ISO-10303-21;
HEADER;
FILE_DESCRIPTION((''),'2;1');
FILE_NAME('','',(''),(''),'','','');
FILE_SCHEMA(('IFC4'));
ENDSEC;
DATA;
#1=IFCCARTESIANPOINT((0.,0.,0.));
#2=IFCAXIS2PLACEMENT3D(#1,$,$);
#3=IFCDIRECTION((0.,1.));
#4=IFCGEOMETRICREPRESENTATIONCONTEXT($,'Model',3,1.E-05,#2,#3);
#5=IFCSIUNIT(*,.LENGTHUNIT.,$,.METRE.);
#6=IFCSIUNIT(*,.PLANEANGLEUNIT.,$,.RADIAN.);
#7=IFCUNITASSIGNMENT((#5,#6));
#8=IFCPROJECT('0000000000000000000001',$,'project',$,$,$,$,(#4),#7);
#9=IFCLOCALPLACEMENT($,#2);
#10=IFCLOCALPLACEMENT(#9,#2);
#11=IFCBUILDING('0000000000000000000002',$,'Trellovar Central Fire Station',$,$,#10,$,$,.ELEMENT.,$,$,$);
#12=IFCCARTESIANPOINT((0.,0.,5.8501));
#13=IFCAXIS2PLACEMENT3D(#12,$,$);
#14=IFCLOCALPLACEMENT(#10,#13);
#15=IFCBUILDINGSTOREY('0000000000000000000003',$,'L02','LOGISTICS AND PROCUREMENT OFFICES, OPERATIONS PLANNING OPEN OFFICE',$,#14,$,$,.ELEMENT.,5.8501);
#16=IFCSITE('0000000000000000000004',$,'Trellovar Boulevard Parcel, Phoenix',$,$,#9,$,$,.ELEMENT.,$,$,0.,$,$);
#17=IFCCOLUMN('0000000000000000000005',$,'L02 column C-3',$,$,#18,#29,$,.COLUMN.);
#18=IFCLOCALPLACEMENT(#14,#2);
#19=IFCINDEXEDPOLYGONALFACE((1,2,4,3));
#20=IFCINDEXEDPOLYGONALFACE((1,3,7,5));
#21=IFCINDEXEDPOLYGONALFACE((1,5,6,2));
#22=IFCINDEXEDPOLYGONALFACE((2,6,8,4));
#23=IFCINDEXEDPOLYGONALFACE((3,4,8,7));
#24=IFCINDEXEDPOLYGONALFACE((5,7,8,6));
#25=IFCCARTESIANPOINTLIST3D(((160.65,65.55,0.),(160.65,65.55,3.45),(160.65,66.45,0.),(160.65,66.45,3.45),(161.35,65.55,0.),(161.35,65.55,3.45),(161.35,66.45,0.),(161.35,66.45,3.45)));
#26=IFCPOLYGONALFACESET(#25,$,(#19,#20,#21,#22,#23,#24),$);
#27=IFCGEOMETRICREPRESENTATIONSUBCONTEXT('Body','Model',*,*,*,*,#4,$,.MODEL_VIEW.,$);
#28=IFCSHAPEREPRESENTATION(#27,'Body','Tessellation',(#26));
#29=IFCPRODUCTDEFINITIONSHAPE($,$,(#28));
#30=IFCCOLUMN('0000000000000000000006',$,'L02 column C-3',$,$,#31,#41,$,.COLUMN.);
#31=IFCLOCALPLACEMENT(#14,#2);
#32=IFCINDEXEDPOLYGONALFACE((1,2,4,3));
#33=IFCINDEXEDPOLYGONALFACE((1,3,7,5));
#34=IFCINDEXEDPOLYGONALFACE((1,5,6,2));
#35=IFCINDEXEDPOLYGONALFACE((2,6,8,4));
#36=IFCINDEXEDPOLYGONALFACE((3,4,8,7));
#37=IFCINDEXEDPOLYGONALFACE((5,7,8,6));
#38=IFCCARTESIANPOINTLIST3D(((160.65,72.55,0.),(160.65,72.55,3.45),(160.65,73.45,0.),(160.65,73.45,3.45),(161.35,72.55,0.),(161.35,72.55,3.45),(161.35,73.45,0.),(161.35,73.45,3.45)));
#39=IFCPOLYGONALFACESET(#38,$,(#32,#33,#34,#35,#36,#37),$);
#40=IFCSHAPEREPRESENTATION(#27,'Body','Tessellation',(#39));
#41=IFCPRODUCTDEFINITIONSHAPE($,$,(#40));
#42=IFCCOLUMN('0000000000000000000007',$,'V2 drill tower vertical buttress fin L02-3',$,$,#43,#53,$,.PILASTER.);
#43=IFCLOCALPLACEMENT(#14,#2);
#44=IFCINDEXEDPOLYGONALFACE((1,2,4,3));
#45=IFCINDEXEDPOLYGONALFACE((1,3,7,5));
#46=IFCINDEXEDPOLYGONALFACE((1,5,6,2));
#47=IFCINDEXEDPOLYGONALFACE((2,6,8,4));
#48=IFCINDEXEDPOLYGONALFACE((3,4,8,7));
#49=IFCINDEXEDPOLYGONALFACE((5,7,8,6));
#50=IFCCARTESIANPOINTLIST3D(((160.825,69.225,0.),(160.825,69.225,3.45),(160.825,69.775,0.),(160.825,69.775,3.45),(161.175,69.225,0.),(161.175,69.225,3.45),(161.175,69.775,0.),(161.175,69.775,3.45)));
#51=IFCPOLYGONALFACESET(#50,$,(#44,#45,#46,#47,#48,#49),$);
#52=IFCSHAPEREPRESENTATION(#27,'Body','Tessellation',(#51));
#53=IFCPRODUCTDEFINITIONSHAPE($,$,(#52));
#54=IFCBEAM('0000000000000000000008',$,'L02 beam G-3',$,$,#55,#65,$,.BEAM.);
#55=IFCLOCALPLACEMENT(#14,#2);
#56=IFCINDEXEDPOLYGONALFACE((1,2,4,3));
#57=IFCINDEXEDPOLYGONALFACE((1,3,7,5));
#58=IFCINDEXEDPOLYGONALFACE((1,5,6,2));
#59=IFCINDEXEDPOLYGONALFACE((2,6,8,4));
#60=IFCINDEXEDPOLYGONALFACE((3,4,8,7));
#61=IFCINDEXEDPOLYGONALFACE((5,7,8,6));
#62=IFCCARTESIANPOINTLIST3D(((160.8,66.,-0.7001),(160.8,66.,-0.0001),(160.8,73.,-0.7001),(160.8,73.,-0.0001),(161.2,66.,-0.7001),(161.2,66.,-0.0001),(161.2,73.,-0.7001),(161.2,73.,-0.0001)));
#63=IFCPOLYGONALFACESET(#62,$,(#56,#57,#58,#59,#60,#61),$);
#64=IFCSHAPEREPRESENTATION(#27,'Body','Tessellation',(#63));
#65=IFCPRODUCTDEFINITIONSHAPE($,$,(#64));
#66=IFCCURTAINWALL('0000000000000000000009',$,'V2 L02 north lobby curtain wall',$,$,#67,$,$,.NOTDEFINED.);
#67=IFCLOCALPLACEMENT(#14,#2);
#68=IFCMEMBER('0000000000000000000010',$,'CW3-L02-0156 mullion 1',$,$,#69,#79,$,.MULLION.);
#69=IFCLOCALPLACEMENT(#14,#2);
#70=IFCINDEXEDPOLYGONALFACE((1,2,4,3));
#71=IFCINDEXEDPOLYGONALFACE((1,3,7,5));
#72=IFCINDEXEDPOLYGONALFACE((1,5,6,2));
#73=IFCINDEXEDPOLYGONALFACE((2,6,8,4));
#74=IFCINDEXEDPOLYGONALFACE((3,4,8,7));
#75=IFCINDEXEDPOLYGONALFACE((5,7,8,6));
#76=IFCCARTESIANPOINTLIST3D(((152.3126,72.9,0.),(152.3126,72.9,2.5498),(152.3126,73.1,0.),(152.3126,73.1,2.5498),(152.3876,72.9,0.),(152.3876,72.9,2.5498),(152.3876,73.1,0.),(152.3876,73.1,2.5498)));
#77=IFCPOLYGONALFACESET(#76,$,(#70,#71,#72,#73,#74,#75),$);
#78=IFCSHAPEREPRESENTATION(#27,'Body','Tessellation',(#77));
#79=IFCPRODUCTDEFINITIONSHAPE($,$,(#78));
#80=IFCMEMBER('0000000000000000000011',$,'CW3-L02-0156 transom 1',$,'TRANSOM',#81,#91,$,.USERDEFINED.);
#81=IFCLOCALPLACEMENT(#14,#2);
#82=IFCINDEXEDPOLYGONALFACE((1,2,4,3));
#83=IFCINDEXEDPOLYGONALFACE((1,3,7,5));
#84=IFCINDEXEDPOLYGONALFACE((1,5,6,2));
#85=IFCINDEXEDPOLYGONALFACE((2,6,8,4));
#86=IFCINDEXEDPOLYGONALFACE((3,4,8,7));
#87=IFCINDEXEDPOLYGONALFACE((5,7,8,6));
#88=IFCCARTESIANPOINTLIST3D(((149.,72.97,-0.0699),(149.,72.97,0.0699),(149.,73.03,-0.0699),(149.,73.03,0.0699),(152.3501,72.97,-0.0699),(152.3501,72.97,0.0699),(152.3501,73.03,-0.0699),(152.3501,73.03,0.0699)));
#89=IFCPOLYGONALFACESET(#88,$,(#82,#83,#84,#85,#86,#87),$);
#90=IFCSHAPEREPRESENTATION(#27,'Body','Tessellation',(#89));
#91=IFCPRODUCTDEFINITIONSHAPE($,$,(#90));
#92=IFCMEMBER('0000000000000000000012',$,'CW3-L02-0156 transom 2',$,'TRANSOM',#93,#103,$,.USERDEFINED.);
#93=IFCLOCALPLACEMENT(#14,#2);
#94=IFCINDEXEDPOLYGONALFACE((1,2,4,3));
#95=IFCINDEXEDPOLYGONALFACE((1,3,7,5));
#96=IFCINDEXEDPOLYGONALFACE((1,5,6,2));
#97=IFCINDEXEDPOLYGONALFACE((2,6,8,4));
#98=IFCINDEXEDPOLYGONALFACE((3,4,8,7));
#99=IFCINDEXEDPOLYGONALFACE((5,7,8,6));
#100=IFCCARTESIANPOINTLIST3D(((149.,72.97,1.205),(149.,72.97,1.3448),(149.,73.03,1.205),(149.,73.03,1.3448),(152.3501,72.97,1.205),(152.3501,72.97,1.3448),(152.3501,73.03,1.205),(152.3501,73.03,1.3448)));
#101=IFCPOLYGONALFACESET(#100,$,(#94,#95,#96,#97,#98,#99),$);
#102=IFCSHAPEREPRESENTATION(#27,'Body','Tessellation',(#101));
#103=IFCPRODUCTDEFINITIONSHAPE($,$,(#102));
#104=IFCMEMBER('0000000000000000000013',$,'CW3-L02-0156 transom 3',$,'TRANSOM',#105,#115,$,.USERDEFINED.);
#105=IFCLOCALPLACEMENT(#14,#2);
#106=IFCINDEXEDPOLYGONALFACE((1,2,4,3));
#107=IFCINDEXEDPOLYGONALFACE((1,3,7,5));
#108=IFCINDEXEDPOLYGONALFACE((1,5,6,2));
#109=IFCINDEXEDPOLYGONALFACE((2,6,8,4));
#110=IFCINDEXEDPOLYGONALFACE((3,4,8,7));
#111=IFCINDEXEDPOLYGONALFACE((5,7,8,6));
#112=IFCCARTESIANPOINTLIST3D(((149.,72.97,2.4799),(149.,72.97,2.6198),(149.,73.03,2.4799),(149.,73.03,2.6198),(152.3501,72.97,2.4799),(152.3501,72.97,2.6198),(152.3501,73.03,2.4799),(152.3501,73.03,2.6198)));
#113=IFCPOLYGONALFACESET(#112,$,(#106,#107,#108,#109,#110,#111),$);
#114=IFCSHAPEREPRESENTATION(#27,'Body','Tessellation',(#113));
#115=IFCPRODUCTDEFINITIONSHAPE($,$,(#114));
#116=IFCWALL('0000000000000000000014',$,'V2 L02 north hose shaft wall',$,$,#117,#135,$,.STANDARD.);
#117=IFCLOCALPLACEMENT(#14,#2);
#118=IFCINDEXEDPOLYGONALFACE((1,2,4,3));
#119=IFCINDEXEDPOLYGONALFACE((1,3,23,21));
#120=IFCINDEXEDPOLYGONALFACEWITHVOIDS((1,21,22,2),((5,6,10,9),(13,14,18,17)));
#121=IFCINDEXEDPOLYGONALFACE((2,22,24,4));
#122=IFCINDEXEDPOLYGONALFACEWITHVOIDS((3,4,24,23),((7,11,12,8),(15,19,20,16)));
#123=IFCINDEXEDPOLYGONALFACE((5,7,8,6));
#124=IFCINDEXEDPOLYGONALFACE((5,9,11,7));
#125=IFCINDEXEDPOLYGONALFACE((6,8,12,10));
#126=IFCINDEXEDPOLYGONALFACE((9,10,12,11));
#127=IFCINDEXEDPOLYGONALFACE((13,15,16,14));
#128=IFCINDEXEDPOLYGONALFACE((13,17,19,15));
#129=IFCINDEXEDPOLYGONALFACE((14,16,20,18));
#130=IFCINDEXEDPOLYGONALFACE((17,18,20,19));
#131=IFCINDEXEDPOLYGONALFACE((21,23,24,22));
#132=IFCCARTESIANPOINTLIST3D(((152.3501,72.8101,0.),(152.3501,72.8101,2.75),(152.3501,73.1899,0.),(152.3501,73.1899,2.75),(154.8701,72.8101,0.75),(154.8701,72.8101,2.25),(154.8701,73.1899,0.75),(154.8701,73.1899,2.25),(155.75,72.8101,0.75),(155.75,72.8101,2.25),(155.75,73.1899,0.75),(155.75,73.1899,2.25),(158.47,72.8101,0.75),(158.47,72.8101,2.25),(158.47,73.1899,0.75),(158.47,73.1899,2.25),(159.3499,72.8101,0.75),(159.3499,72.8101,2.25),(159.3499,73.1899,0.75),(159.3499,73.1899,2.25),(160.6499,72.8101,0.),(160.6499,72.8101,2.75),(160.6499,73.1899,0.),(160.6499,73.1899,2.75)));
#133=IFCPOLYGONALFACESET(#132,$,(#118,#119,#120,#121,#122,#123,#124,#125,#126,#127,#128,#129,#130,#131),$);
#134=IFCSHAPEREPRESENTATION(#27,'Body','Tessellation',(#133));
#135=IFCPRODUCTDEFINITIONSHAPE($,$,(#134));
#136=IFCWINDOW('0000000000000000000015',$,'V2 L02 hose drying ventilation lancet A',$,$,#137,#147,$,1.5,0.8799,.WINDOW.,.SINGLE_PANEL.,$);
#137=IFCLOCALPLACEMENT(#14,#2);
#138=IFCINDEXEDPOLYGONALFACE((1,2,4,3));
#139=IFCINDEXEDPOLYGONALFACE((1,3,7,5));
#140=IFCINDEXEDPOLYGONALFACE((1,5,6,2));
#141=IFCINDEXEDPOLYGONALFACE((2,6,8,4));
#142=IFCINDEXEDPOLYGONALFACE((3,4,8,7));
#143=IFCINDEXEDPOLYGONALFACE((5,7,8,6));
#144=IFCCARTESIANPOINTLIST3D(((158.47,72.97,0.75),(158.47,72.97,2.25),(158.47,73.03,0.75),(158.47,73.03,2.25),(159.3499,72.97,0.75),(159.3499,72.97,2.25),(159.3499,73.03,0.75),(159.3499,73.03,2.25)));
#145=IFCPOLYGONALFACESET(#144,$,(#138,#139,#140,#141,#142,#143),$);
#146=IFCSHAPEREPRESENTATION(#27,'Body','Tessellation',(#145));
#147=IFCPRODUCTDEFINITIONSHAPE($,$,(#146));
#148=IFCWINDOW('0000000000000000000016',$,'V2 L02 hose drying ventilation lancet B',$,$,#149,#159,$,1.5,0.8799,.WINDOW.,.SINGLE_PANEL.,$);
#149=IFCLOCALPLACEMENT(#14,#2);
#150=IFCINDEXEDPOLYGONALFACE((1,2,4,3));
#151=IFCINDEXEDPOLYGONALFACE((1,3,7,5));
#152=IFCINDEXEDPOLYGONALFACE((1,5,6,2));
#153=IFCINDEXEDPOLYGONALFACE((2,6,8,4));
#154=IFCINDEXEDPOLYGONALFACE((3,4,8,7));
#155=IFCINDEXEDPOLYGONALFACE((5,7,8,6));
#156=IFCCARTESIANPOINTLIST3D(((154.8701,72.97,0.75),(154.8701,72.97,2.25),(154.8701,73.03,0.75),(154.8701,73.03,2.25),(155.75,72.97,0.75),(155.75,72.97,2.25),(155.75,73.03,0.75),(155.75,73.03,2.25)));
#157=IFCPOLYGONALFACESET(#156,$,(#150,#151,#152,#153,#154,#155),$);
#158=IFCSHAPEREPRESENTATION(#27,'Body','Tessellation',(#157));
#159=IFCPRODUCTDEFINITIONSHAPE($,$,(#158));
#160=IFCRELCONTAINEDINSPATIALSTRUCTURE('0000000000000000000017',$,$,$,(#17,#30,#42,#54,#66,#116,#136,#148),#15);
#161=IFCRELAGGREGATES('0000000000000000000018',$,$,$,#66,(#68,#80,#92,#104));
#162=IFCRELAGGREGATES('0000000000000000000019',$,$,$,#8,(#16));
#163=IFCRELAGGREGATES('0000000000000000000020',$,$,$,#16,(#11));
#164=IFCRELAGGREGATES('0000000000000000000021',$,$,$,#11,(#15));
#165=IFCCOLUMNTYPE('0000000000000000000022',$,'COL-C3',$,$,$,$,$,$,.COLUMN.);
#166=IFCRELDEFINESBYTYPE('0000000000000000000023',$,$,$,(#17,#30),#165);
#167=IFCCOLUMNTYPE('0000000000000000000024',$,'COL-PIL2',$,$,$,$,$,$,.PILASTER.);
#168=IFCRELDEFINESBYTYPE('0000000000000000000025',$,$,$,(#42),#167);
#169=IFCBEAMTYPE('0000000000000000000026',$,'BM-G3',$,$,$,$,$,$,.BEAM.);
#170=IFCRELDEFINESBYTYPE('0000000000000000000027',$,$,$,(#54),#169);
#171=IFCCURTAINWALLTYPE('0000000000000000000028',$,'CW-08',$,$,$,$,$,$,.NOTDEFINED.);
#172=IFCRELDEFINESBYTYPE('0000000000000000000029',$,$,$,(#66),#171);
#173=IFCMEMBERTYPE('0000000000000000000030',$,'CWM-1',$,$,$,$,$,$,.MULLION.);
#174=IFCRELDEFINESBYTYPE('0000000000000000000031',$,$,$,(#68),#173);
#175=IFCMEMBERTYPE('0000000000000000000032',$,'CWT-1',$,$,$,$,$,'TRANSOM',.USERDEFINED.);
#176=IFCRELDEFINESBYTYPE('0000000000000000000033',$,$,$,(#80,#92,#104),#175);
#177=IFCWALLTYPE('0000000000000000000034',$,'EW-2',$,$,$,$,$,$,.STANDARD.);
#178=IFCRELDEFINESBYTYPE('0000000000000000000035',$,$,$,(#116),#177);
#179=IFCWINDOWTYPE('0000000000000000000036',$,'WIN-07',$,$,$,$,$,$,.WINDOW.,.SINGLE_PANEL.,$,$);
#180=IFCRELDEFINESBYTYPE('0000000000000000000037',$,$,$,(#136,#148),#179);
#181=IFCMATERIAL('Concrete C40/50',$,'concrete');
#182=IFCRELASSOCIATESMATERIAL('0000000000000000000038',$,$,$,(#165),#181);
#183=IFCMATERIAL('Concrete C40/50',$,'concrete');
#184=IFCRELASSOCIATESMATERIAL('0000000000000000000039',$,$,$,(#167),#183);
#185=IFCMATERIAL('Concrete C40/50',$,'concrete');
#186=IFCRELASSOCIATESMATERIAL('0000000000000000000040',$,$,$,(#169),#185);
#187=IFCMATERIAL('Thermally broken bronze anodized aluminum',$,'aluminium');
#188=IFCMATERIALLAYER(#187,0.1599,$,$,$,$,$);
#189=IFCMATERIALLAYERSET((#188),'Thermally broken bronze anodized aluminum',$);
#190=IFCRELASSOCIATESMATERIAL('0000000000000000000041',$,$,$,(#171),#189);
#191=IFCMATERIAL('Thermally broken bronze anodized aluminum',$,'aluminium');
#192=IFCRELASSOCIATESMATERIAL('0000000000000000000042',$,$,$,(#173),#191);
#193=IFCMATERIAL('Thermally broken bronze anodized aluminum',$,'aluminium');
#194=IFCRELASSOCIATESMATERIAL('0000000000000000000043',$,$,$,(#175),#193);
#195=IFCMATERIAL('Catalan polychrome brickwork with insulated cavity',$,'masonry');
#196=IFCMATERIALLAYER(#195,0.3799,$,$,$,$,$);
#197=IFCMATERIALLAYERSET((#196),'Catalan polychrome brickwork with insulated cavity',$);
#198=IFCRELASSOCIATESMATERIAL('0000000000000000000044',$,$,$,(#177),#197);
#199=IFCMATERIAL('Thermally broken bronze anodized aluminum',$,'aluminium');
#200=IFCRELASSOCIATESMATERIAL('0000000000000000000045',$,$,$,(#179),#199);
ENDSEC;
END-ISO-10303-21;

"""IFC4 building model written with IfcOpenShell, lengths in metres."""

from ifc_helpers import new_model, si_unit, direction, frame, frame_2d, origin, origin_2d, place, context, subcontext, project, spatial, rectangle, extrude, material, layer, layer_set, material_profile, profile_set, type_object, element, fill, aggregate, save


model = new_model("IFC4")

# Units and contexts
model_context = context("Model", 3, precision=1e-05, world=origin(), true_north=direction((0.0, 1.0)))
body_context = subcontext(model_context, "Body", "Model", "MODEL_VIEW")
ifc_project = project(units=[si_unit("LENGTHUNIT", "METRE"), si_unit("PLANEANGLEUNIT", "RADIAN")], contexts=[model_context])

# Site, building, storey
site_placement = place(None, origin())
site = spatial("IfcSite", under=ifc_project, at=site_placement, Name="Trellovar Boulevard Parcel, Phoenix", CompositionType="ELEMENT", RefElevation=0.0)
building_placement = place(site_placement, origin())
building = spatial("IfcBuilding", under=site, at=building_placement, Name="Trellovar Central Fire Station", CompositionType="ELEMENT")
storey_placement = place(building_placement, frame((0.0, 0.0, 5.8501)))
storey = spatial("IfcBuildingStorey", under=building, at=storey_placement, Name="L02", Description="LOGISTICS AND PROCUREMENT OFFICES, OPERATIONS PLANNING OPEN OFFICE", CompositionType="ELEMENT", Elevation=5.8501)

# Columns
ifc_material_1 = material(Name="Concrete C40/50", Category="concrete")
ifc_material_profile_1 = material_profile(ifc_material_1, rectangle(XDim=0.7, YDim=0.8999, at=origin_2d()), Name="RC700X900")
ifc_profile_set_1 = profile_set([ifc_material_profile_1], Name="Concrete C40/50")
column_type_1 = type_object("IfcColumnType", Name="COL-C3", PredefinedType="COLUMN", material=ifc_profile_set_1)
for number, where, z_axis, x_axis, name in (
    (1, (161.0, 66.0, 0.0), (0.0, 0.0, 1.0), (1.0, 0.0, 0.0), "L02 column C-3"),
    (2, (161.0, 73.0, 0.0), (0.0, 0.0, 1.0), (1.0, 0.0, 0.0), "L02 column C-3"),
):
    element("IfcColumn", number, at=place(storey_placement, frame(where, z_axis=z_axis, x_axis=x_axis)), inside=storey, type_object=column_type_1, Name=name, PredefinedType="COLUMN", context=body_context, shape_type="SweptSolid", body=[
        extrude(rectangle(XDim=0.7, YDim=0.8999, at=origin_2d()), origin(), (0.0, 0.0, 1.0), 3.45),
    ])
ifc_material_2 = material(Name="Concrete C40/50", Category="concrete")
ifc_material_profile_2 = material_profile(ifc_material_2, rectangle(XDim=0.3501, YDim=0.55, at=origin_2d()), Name="RC350X550")
ifc_profile_set_2 = profile_set([ifc_material_profile_2], Name="Concrete C40/50")
column_type_2 = type_object("IfcColumnType", Name="COL-PIL2", PredefinedType="PILASTER", material=ifc_profile_set_2)
column_placement = place(storey_placement, frame((161.0, 69.5, 0.0), z_axis=(0.0, 0.0, 1.0), x_axis=(1.0, 0.0, 0.0)))
element("IfcColumn", 3, at=column_placement, inside=storey, type_object=column_type_2, Name="V2 drill tower vertical buttress fin L02-3", PredefinedType="PILASTER", context=body_context, shape_type="SweptSolid", body=[
    extrude(rectangle(XDim=0.3501, YDim=0.55, at=origin_2d()), origin(), (0.0, 0.0, 1.0), 3.45),
])

# Beam
ifc_material_3 = material(Name="Concrete C40/50", Category="concrete")
ifc_material_profile_3 = material_profile(ifc_material_3, rectangle(XDim=0.3999, YDim=0.7, at=origin_2d()), Name="RC400X700")
ifc_profile_set_3 = profile_set([ifc_material_profile_3], Name="Concrete C40/50")
beam_type = type_object("IfcBeamType", Name="BM-G3", PredefinedType="BEAM", material=ifc_profile_set_3)
beam_placement = place(storey_placement, frame((161.0, 66.0, -0.3501), z_axis=(0.0, 1.0, 0.0), x_axis=(-1.0, 0.0, 0.0)))
element("IfcBeam", 4, at=beam_placement, inside=storey, type_object=beam_type, Name="L02 beam G-3", PredefinedType="BEAM", context=body_context, shape_type="SweptSolid", body=[
    extrude(rectangle(XDim=0.3999, YDim=0.7, at=origin_2d()), origin(), (0.0, 0.0, 1.0), 7.0),
])

# Curtain wall, members
ifc_material_4 = material(Name="Thermally broken bronze anodized aluminum", Category="aluminium")
ifc_layer_1 = layer(ifc_material_4, 0.1599)
ifc_layer_set_1 = layer_set([ifc_layer_1], Name="Thermally broken bronze anodized aluminum")
curtain_wall_type = type_object("IfcCurtainWallType", Name="CW-08", PredefinedType="NOTDEFINED", material=ifc_layer_set_1)
curtain_wall_placement = place(storey_placement, origin())
curtain_wall = element("IfcCurtainWall", 5, at=curtain_wall_placement, inside=storey, type_object=curtain_wall_type, Name="V2 L02 north lobby curtain wall", PredefinedType="NOTDEFINED")
ifc_material_5 = material(Name="Thermally broken bronze anodized aluminum", Category="aluminium")
ifc_material_profile_4 = material_profile(ifc_material_5, rectangle(XDim=0.075, YDim=0.2, at=origin_2d()), Name="ALU75X200")
ifc_profile_set_4 = profile_set([ifc_material_profile_4], Name="Thermally broken bronze anodized aluminum")
member_type_1 = type_object("IfcMemberType", Name="CWM-1", PredefinedType="MULLION", material=ifc_profile_set_4)
member_1_placement = place(storey_placement, frame((152.3501, 73.0, 0.0), z_axis=(0.0, 0.0, 1.0), x_axis=(1.0, 0.0, 0.0)))
member_1 = element("IfcMember", 6, at=member_1_placement, type_object=member_type_1, Name="CW3-L02-0156 mullion 1", PredefinedType="MULLION", context=body_context, shape_type="SweptSolid", body=[
    extrude(rectangle(XDim=0.075, YDim=0.2, at=origin_2d()), origin(), (0.0, 0.0, 1.0), 2.5498),
])
ifc_material_6 = material(Name="Thermally broken bronze anodized aluminum", Category="aluminium")
ifc_material_profile_5 = material_profile(ifc_material_6, rectangle(XDim=0.0601, YDim=0.1399, at=origin_2d()), Name="ALU60X140")
ifc_profile_set_5 = profile_set([ifc_material_profile_5], Name="Thermally broken bronze anodized aluminum")
member_type_2 = type_object("IfcMemberType", Name="CWT-1", ElementType="TRANSOM", PredefinedType="USERDEFINED", material=ifc_profile_set_5)
member_2_placement = place(storey_placement, frame((152.3501, 73.0, 0.0), z_axis=(-1.0, 0.0, 0.0), x_axis=(0.0, -1.0, 0.0)))
member_2 = element("IfcMember", 7, at=member_2_placement, type_object=member_type_2, Name="CW3-L02-0156 transom 1", ObjectType="TRANSOM", PredefinedType="USERDEFINED", context=body_context, shape_type="SweptSolid", body=[
    extrude(rectangle(XDim=0.0601, YDim=0.1399, at=origin_2d()), origin(), (0.0, 0.0, 1.0), 3.3501),
])
member_3_placement = place(storey_placement, frame((152.3501, 73.0, 1.2749), z_axis=(-1.0, 0.0, 0.0), x_axis=(0.0, -1.0, 0.0)))
member_3 = element("IfcMember", 8, at=member_3_placement, type_object=member_type_2, Name="CW3-L02-0156 transom 2", ObjectType="TRANSOM", PredefinedType="USERDEFINED", context=body_context, shape_type="SweptSolid", body=[
    extrude(rectangle(XDim=0.0601, YDim=0.1399, at=origin_2d()), origin(), (0.0, 0.0, 1.0), 3.3501),
])
member_4_placement = place(storey_placement, frame((152.3501, 73.0, 2.5498), z_axis=(-1.0, 0.0, 0.0), x_axis=(0.0, -1.0, 0.0)))
member_4 = element("IfcMember", 9, at=member_4_placement, type_object=member_type_2, Name="CW3-L02-0156 transom 3", ObjectType="TRANSOM", PredefinedType="USERDEFINED", context=body_context, shape_type="SweptSolid", body=[
    extrude(rectangle(XDim=0.0601, YDim=0.1399, at=origin_2d()), origin(), (0.0, 0.0, 1.0), 3.3501),
])
aggregate(curtain_wall, [member_1, member_2, member_3, member_4])

# Wall, openings, windows
ifc_material_7 = material(Name="Catalan polychrome brickwork with insulated cavity", Category="masonry")
ifc_layer_2 = layer(ifc_material_7, 0.3799)
ifc_layer_set_2 = layer_set([ifc_layer_2], Name="Catalan polychrome brickwork with insulated cavity")
wall_type_1 = type_object("IfcWallType", Name="EW-2", PredefinedType="STANDARD", material=ifc_layer_set_2)
wall_1_placement = place(storey_placement, frame((160.6499, 73.0, 0.0), z_axis=(0.0, 0.0, 1.0), x_axis=(-1.0, 0.0, 0.0)))
wall_1 = element("IfcWall", 10, at=wall_1_placement, inside=storey, type_object=wall_type_1, Name="V2 L02 north hose shaft wall", PredefinedType="STANDARD", context=body_context, shape_type="SweptSolid", body=[
    extrude(rectangle(XDim=8.2998, YDim=0.3799, at=frame_2d((4.1499, 0.0))), origin(), (0.0, 0.0, 1.0), 2.75),
])
opening_1_placement = place(wall_1_placement, frame((1.3, 0.0, 0.75)))
opening_1 = element("IfcOpeningElement", 11, at=opening_1_placement, cuts=wall_1, PredefinedType="OPENING", context=body_context, shape_type="SweptSolid", body=[
    extrude(rectangle(XDim=0.8799, YDim=1.5, at=frame_2d((0.4399, 0.75))), frame((0.0, 0.2, 0.0), z_axis=(0.0, -1.0, 0.0), x_axis=(1.0, 0.0, 0.0)), (0.0, 0.0, 1.0), 0.3999),
])
opening_2_placement = place(wall_1_placement, frame((4.8999, 0.0, 0.75)))
opening_2 = element("IfcOpeningElement", 12, at=opening_2_placement, cuts=wall_1, PredefinedType="OPENING", context=body_context, shape_type="SweptSolid", body=[
    extrude(rectangle(XDim=0.8799, YDim=1.5, at=frame_2d((0.4399, 0.75))), frame((0.0, 0.2, 0.0), z_axis=(0.0, -1.0, 0.0), x_axis=(1.0, 0.0, 0.0)), (0.0, 0.0, 1.0), 0.3999),
])
ifc_material_8 = material(Name="Thermally broken bronze anodized aluminum", Category="aluminium")
window_type = type_object("IfcWindowType", Name="WIN-07", PartitioningType="SINGLE_PANEL", PredefinedType="WINDOW", material=ifc_material_8)
window_1_placement = place(opening_1_placement, origin())
window_1 = element("IfcWindow", 13, at=window_1_placement, inside=storey, type_object=window_type, Name="V2 L02 hose drying ventilation lancet A", OverallHeight=1.5, OverallWidth=0.8799, PartitioningType="SINGLE_PANEL", PredefinedType="WINDOW", context=body_context, shape_type="SweptSolid", body=[
    extrude(rectangle(XDim=0.8799, YDim=1.5, at=frame_2d((0.4399, 0.75))), frame((0.0, 0.03, 0.0), z_axis=(0.0, -1.0, 0.0), x_axis=(1.0, 0.0, 0.0)), (0.0, 0.0, 1.0), 0.0601),
])
fill(opening_1, window_1)
window_2_placement = place(opening_2_placement, origin())
window_2 = element("IfcWindow", 14, at=window_2_placement, inside=storey, type_object=window_type, Name="V2 L02 hose drying ventilation lancet B", OverallHeight=1.5, OverallWidth=0.8799, PartitioningType="SINGLE_PANEL", PredefinedType="WINDOW", context=body_context, shape_type="SweptSolid", body=[
    extrude(rectangle(XDim=0.8799, YDim=1.5, at=frame_2d((0.4399, 0.75))), frame((0.0, 0.03, 0.0), z_axis=(0.0, -1.0, 0.0), x_axis=(1.0, 0.0, 0.0)), (0.0, 0.0, 1.0), 0.0601),
])
fill(opening_2, window_2)

save(model, "model.ifc")
